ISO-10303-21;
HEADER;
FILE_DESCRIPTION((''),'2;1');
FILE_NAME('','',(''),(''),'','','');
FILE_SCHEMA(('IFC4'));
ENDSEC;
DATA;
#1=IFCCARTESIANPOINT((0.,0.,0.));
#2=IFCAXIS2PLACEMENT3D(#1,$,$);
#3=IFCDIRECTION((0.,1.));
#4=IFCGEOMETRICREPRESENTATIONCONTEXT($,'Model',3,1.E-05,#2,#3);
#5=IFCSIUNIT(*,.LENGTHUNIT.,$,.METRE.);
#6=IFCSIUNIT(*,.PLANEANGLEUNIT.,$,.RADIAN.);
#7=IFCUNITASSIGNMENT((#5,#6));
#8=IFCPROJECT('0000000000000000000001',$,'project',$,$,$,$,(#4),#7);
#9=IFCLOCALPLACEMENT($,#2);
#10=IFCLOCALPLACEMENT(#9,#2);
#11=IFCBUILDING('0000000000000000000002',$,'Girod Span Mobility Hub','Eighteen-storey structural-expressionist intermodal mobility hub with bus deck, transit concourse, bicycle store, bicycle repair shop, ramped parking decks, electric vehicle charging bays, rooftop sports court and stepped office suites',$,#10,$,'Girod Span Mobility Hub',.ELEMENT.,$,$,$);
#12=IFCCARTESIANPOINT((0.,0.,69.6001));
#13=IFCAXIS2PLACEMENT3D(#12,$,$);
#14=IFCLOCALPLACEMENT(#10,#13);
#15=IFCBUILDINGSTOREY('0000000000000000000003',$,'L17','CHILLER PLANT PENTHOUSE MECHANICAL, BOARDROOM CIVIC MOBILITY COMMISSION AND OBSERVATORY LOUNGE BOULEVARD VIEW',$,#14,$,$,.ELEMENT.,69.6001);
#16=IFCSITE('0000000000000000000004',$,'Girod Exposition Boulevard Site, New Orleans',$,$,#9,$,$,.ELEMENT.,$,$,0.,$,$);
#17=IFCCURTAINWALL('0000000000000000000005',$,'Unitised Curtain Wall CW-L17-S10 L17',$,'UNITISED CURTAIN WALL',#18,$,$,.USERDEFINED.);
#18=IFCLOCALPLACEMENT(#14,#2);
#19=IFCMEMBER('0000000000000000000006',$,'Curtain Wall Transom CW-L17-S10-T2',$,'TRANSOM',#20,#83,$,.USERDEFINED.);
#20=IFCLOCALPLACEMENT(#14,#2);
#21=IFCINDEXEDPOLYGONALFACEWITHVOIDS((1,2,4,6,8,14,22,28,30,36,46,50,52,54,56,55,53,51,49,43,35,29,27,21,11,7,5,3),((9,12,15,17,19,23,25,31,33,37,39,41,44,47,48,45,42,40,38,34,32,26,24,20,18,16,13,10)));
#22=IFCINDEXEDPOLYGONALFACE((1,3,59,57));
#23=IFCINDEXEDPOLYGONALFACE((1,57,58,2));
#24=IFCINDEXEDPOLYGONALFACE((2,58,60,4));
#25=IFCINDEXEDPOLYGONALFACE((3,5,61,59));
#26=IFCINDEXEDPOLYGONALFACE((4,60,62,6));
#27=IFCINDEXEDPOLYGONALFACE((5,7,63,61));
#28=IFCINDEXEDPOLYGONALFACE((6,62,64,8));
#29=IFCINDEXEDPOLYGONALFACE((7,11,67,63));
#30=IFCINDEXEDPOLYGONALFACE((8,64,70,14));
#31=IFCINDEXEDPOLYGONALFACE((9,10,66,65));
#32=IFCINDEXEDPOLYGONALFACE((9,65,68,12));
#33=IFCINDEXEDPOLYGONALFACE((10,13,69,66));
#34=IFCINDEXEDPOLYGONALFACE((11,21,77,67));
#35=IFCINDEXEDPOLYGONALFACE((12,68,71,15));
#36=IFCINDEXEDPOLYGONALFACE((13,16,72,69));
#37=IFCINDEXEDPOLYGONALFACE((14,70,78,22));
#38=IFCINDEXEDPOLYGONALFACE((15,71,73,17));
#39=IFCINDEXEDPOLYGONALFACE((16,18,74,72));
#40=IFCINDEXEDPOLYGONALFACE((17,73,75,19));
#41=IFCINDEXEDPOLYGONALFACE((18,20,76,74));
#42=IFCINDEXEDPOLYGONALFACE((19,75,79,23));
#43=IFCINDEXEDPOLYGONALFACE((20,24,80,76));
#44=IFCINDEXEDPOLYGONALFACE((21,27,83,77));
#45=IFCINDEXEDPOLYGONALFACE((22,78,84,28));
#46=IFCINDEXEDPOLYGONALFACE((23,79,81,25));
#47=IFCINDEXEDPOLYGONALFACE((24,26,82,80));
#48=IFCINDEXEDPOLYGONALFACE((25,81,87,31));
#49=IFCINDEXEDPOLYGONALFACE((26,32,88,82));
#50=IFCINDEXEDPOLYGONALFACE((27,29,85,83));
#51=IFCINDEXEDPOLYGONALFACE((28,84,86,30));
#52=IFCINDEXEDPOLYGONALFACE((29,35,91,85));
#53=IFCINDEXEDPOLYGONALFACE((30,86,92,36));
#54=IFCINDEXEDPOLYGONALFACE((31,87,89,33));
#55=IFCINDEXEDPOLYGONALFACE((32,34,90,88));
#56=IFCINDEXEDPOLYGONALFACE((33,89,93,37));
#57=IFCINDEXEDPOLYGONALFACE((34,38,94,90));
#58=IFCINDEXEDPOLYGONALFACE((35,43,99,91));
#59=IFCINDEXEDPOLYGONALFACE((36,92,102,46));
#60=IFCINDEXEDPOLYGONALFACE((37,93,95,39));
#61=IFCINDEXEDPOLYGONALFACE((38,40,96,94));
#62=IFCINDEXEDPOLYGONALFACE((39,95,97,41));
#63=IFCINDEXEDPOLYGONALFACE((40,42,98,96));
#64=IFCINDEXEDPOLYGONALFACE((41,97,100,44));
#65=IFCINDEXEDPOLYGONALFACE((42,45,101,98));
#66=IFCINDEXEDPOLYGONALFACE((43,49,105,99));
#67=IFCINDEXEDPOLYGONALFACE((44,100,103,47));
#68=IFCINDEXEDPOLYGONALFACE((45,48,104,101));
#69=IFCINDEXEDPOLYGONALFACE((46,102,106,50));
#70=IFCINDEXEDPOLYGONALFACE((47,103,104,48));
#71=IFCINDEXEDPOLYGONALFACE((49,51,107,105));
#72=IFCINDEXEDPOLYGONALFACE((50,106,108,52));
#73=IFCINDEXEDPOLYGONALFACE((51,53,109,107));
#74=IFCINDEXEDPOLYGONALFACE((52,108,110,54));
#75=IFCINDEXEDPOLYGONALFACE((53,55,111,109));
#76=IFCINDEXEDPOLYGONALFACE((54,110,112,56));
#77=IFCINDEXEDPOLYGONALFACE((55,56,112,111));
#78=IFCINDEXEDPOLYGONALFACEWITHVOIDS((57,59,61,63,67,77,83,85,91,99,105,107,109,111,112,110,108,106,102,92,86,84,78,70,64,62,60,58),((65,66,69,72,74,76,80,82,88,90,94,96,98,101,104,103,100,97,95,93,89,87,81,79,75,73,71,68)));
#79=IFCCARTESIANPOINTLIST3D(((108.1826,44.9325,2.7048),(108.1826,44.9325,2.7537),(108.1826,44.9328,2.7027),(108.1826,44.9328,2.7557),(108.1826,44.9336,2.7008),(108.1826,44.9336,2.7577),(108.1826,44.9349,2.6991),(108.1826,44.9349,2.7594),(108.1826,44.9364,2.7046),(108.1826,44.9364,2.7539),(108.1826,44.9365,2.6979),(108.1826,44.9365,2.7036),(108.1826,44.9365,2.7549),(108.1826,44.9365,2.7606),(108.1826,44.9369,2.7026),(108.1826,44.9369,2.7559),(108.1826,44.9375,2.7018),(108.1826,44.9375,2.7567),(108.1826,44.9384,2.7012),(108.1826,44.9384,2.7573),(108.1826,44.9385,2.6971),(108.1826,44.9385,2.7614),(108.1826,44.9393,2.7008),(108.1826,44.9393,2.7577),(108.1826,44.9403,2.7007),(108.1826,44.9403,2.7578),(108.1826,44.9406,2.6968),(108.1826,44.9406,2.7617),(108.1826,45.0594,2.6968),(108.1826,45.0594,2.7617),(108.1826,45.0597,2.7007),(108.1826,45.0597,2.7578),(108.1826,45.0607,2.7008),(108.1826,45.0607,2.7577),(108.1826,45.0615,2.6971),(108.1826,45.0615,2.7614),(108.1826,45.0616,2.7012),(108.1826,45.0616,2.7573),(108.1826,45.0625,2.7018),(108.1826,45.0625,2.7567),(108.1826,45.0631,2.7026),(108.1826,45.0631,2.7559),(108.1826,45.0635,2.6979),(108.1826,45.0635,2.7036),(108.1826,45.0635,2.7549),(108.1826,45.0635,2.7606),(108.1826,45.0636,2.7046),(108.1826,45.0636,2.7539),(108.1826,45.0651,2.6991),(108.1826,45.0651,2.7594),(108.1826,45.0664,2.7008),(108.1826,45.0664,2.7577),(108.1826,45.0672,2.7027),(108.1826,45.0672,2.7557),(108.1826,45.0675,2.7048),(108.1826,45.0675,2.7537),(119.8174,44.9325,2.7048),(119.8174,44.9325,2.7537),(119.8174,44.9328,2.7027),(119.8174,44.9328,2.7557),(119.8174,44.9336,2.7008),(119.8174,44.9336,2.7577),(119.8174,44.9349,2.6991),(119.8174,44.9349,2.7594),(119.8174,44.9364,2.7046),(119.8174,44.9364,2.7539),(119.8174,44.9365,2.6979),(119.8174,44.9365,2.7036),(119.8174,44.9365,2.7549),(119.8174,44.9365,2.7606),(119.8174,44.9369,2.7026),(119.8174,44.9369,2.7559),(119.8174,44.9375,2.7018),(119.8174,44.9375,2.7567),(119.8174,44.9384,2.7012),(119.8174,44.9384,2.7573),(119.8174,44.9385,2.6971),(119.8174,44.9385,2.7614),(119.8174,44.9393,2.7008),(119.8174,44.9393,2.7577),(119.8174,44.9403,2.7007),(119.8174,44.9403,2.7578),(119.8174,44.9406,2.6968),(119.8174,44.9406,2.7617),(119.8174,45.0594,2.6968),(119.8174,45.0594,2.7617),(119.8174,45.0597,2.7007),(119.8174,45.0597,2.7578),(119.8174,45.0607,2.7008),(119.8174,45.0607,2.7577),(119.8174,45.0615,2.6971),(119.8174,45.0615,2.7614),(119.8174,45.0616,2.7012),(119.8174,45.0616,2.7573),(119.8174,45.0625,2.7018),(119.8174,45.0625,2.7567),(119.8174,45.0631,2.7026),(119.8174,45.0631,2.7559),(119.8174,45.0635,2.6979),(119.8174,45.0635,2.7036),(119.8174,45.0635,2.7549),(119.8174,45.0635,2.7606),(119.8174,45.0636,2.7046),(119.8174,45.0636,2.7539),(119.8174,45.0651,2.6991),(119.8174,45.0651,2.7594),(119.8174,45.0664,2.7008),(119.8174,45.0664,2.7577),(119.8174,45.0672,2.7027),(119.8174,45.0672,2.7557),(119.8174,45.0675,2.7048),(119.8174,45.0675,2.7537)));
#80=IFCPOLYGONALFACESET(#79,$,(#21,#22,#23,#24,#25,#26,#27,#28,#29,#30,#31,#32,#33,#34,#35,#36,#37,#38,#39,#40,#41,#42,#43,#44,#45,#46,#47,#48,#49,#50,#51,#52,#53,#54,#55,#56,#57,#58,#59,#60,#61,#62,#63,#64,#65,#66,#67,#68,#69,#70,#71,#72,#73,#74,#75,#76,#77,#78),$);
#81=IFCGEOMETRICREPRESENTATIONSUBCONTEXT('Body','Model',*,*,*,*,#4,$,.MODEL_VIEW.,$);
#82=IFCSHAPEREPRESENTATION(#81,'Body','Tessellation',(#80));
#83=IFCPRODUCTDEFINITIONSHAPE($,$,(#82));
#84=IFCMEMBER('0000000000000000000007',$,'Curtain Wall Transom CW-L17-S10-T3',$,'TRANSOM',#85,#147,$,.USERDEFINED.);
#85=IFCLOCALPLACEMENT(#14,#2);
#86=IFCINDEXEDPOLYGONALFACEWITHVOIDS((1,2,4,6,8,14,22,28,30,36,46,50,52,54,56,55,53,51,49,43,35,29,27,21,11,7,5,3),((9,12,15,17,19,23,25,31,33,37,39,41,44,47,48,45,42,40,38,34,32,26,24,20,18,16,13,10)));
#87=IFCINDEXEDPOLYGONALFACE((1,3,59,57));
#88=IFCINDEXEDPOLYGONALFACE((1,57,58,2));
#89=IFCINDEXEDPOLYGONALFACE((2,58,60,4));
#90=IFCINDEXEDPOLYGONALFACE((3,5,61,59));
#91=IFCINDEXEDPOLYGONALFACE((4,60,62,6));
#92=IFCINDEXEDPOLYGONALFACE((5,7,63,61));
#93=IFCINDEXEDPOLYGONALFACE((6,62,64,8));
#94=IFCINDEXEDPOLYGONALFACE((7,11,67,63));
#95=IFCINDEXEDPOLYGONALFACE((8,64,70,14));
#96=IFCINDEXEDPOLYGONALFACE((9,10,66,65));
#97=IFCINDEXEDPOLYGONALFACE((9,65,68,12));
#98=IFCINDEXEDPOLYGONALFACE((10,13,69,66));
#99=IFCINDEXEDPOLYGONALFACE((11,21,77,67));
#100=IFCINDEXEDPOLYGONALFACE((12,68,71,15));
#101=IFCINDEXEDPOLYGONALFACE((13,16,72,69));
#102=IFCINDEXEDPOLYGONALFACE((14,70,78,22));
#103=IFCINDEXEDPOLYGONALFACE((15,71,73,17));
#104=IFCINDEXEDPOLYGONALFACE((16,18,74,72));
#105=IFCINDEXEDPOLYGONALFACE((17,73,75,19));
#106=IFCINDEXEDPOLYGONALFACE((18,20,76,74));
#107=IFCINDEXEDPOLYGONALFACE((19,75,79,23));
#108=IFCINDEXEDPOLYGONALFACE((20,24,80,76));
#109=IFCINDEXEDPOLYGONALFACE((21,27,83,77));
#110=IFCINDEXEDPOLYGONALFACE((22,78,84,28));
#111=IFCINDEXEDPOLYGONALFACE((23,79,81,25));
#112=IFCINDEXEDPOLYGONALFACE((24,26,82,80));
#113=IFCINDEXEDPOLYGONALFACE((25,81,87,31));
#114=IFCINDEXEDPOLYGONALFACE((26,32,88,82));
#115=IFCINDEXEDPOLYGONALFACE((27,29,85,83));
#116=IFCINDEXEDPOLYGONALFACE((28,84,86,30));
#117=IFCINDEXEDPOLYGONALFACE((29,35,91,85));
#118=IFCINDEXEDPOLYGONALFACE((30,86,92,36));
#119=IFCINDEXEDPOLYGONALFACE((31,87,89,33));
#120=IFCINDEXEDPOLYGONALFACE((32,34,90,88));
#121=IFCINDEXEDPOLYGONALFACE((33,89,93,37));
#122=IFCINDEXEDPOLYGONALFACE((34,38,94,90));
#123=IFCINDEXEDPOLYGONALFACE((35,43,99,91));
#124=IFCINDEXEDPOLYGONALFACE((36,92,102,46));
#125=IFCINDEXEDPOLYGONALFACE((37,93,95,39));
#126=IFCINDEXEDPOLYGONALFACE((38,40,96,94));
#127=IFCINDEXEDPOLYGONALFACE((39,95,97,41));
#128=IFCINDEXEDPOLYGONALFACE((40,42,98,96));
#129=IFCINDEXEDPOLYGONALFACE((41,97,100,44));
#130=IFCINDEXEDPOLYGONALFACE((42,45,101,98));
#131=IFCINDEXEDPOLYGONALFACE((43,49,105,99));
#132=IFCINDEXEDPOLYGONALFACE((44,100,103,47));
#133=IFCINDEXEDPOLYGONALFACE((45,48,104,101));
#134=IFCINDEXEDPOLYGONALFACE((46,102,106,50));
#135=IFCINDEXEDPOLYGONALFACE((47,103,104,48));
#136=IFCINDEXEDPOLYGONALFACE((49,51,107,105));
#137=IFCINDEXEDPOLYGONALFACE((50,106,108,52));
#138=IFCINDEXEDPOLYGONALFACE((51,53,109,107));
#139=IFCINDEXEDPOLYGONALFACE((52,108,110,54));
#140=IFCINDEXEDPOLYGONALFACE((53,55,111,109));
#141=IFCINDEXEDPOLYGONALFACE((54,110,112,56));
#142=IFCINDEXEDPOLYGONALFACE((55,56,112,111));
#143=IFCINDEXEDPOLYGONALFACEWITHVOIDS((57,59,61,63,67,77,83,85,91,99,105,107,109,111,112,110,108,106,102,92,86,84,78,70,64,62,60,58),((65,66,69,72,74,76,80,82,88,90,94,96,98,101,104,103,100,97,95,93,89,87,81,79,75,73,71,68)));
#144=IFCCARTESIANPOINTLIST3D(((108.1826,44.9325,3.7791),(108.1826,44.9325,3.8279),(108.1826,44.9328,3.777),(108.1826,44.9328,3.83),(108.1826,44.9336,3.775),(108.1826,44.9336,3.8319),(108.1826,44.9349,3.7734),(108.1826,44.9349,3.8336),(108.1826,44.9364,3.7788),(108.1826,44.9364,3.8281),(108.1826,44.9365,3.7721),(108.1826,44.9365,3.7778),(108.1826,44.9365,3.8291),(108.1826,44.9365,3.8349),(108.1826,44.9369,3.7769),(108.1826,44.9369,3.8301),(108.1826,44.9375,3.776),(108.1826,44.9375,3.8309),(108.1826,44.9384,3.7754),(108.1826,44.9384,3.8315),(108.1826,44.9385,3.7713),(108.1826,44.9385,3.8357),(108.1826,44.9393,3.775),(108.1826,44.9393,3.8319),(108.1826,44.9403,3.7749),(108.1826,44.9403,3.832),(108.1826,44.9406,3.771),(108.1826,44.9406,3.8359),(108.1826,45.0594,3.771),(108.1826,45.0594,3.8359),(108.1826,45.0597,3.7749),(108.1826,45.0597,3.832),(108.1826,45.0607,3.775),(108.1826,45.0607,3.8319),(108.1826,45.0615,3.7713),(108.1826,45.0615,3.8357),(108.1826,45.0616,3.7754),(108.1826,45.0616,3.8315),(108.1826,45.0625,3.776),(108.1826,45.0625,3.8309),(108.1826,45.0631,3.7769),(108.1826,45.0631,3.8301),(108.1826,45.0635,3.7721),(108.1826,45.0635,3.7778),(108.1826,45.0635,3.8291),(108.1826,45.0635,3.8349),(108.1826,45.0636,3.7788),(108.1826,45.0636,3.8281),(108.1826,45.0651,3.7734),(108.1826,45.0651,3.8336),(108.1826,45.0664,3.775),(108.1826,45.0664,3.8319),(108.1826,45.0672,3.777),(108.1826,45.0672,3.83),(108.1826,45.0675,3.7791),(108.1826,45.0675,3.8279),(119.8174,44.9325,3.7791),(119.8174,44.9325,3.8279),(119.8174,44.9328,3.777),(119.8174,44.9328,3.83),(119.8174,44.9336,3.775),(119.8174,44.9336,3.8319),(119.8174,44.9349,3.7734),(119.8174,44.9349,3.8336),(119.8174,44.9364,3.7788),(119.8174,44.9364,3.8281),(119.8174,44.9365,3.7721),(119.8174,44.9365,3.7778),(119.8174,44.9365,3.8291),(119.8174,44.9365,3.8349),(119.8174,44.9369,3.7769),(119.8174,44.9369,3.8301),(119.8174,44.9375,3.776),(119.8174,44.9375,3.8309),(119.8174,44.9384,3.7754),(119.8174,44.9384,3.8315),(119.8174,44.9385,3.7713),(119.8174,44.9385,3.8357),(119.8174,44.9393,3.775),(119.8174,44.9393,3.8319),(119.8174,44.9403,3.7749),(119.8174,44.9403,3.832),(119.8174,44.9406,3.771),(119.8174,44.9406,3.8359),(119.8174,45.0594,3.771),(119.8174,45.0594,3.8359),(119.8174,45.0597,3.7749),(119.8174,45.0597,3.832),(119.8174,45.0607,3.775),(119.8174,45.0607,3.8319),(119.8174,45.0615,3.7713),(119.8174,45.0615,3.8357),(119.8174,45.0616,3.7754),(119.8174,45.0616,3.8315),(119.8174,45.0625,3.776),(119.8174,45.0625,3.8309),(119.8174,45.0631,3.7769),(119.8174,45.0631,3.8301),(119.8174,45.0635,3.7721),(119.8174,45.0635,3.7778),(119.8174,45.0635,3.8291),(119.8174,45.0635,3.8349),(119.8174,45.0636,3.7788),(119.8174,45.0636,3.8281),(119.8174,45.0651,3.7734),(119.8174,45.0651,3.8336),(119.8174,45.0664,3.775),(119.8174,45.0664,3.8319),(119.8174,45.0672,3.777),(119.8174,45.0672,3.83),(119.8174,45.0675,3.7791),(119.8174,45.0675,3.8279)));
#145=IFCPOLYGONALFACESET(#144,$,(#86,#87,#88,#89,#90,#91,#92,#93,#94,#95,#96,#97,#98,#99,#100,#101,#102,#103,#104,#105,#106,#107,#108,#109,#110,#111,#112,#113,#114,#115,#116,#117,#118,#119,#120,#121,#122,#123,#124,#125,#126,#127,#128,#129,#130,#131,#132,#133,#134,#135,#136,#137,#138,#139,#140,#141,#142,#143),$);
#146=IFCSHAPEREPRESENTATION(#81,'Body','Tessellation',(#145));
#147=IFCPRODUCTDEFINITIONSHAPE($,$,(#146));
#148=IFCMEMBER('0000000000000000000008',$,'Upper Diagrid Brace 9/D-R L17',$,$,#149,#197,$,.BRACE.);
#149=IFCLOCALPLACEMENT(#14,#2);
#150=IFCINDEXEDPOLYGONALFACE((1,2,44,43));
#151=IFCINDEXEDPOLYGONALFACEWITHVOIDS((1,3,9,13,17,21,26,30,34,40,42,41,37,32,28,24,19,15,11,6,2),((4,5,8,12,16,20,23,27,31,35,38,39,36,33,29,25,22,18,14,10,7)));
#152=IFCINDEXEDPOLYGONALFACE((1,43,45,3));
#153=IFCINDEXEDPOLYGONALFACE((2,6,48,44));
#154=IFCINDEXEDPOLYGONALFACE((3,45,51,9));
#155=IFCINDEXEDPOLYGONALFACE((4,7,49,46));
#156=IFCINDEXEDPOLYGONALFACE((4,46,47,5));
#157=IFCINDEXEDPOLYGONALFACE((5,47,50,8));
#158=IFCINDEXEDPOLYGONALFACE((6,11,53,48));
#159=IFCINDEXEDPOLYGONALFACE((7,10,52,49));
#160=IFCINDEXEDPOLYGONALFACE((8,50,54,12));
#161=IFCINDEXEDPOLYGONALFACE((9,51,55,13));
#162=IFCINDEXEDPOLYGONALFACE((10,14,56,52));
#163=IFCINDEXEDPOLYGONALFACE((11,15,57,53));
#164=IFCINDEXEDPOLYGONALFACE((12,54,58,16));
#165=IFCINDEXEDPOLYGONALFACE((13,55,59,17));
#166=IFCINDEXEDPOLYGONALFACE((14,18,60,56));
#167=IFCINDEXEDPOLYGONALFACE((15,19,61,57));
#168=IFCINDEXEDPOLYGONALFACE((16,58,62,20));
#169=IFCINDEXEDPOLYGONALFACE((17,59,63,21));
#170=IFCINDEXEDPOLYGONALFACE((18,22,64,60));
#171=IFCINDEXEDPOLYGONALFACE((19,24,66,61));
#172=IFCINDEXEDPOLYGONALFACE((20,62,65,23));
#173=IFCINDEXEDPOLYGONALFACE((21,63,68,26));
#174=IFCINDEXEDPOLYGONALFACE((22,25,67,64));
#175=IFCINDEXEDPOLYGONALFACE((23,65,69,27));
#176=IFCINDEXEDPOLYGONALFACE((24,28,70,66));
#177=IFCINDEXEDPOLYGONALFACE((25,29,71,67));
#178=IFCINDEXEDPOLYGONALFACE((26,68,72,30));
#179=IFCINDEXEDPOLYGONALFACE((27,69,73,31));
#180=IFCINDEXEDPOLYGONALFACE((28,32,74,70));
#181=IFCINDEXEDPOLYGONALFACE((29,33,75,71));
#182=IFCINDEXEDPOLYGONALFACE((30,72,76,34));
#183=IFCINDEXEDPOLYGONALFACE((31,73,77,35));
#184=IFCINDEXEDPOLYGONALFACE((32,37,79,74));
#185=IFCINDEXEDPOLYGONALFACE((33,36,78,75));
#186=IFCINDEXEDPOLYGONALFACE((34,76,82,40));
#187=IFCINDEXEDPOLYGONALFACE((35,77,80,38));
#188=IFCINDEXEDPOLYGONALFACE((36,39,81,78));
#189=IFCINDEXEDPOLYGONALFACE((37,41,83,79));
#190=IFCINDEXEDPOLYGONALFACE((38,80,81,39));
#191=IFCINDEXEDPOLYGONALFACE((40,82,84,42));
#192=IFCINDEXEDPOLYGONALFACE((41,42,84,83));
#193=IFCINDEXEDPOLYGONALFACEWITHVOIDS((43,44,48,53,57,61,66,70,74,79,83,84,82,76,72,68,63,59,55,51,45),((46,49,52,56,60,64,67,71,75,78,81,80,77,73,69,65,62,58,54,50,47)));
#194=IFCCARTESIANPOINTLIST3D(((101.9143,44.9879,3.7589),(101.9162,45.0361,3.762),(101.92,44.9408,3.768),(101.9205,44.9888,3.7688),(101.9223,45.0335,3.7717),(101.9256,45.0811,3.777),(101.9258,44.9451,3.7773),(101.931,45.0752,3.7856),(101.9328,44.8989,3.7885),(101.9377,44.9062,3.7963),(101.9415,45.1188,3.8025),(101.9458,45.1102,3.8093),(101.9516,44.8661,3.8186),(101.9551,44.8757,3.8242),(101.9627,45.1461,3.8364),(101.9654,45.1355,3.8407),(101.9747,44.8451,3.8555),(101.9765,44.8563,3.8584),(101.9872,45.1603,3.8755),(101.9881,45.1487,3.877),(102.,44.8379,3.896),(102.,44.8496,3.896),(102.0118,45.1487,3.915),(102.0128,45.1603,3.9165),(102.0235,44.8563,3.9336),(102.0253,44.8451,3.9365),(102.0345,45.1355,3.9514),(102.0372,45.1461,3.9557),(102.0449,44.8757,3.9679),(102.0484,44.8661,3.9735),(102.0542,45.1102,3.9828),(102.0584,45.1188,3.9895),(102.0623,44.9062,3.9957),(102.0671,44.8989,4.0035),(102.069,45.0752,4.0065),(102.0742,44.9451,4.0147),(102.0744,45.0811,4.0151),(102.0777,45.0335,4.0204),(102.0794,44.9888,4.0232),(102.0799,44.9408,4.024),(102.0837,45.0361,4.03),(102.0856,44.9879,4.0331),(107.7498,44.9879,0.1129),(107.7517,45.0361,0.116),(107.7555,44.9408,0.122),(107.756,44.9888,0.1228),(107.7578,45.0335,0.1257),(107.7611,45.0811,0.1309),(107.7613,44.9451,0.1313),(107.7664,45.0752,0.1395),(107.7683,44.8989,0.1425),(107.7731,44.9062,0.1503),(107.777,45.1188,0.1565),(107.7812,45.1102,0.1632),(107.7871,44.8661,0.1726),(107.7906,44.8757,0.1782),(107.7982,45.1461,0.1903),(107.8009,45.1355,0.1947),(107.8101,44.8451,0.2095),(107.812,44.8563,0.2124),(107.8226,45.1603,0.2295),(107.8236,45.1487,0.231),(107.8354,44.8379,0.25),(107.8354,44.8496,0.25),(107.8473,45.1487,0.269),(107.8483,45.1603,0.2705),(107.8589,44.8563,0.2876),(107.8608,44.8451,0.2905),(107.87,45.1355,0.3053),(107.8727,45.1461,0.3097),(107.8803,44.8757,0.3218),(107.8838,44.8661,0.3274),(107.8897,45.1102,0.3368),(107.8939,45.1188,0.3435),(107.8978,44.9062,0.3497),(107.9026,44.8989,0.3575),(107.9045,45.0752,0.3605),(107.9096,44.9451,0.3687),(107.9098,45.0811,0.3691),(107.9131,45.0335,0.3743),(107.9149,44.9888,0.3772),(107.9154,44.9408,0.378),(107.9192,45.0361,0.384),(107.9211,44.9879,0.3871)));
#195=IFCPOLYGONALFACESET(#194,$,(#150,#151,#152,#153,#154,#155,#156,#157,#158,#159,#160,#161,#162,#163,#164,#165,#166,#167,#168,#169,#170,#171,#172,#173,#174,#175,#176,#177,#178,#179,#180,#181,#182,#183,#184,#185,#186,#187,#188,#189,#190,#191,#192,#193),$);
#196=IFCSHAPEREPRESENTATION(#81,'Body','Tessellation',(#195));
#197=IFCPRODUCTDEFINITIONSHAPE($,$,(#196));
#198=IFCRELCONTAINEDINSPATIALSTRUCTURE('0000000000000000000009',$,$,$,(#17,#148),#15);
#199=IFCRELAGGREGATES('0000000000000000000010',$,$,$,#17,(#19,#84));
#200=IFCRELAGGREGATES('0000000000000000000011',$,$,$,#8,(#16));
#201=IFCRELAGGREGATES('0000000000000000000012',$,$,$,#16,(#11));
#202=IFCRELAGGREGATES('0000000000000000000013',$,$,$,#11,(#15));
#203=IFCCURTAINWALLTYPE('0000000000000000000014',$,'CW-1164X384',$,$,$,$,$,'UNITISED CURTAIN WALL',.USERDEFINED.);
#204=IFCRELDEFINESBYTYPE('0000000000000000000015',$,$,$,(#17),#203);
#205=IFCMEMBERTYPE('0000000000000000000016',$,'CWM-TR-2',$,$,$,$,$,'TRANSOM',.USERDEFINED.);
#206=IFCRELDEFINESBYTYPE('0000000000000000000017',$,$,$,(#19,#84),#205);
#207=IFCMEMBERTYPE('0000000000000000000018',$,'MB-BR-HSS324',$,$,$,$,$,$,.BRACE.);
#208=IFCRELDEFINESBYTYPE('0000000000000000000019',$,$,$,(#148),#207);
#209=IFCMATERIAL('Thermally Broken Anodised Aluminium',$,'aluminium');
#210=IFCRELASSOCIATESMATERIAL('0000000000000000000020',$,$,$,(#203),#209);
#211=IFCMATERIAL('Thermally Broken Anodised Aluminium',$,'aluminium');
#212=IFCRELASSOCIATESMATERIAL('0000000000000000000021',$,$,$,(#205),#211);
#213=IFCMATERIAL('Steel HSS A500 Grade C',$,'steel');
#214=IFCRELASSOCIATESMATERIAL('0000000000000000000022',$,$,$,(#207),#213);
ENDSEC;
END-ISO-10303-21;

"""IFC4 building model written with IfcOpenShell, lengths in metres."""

from ifc_helpers import new_model, si_unit, direction, frame, origin, origin_2d, place, context, subcontext, project, spatial, hollow_rectangle, hollow_circle, extrude, material, material_profile, profile_set, type_object, element, aggregate, save


model = new_model("IFC4")

# Units and contexts
model_context = context("Model", 3, precision=1e-05, world=origin(), true_north=direction((0.0, 1.0)))
body_context = subcontext(model_context, "Body", "Model", "MODEL_VIEW")
ifc_project = project(units=[si_unit("LENGTHUNIT", "METRE"), si_unit("PLANEANGLEUNIT", "RADIAN")], contexts=[model_context])

# Site, building, storey
site_placement = place(None, origin())
site = spatial("IfcSite", under=ifc_project, at=site_placement, Name="Girod Exposition Boulevard Site, New Orleans", CompositionType="ELEMENT", RefElevation=0.0)
building_placement = place(site_placement, origin())
building = spatial("IfcBuilding", under=site, at=building_placement, Name="Girod Span Mobility Hub", Description="Eighteen-storey structural-expressionist intermodal mobility hub with bus deck, transit concourse, bicycle store, bicycle repair shop, ramped parking decks, electric vehicle charging bays, rooftop sports court and stepped office suites", LongName="Girod Span Mobility Hub", CompositionType="ELEMENT")
storey_placement = place(building_placement, frame((0.0, 0.0, 69.6001)))
storey = spatial("IfcBuildingStorey", under=building, at=storey_placement, Name="L17", Description="CHILLER PLANT PENTHOUSE MECHANICAL, BOARDROOM CIVIC MOBILITY COMMISSION AND OBSERVATORY LOUNGE BOULEVARD VIEW", CompositionType="ELEMENT", Elevation=69.6001)

# Curtain wall, members
ifc_material_1 = material(Name="Thermally Broken Anodised Aluminium", Category="aluminium")
curtain_wall_type = type_object("IfcCurtainWallType", Name="CW-1164X384", ElementType="UNITISED CURTAIN WALL", PredefinedType="USERDEFINED", material=ifc_material_1)
curtain_wall_1_placement = place(storey_placement, origin())
curtain_wall_1 = element("IfcCurtainWall", 1, at=curtain_wall_1_placement, inside=storey, type_object=curtain_wall_type, Name="Unitised Curtain Wall CW-L17-S10 L17", ObjectType="UNITISED CURTAIN WALL", PredefinedType="USERDEFINED")
ifc_material_2 = material(Name="Thermally Broken Anodised Aluminium", Category="aluminium")
ifc_material_profile_1 = material_profile(ifc_material_2, hollow_rectangle(XDim=0.135, YDim=0.0649, WallThickness=0.0039, InnerFilletRadius=0.0039, OuterFilletRadius=0.0081, at=origin_2d()), Name="CW-TR-65X135")
ifc_profile_set_1 = profile_set([ifc_material_profile_1], Name="Thermally Broken Anodised Aluminium")
member_type_1 = type_object("IfcMemberType", Name="CWM-TR-2", ElementType="TRANSOM", PredefinedType="USERDEFINED", material=ifc_profile_set_1)
member_1_placement = place(storey_placement, frame((108.1826, 45.0, 2.7292), z_axis=(1.0, 0.0, 0.0), x_axis=(0.0, 1.0, 0.0)))
member_1 = element("IfcMember", 2, at=member_1_placement, type_object=member_type_1, Name="Curtain Wall Transom CW-L17-S10-T2", ObjectType="TRANSOM", PredefinedType="USERDEFINED", context=body_context, shape_type="SweptSolid", body=[
    extrude(hollow_rectangle(XDim=0.135, YDim=0.0649, WallThickness=0.0039, InnerFilletRadius=0.0039, OuterFilletRadius=0.0081, at=origin_2d()), origin(), (0.0, 0.0, 1.0), 11.6348),
])
member_2_placement = place(storey_placement, frame((108.1826, 45.0, 3.8035), z_axis=(1.0, 0.0, 0.0), x_axis=(0.0, 1.0, 0.0)))
member_2 = element("IfcMember", 3, at=member_2_placement, type_object=member_type_1, Name="Curtain Wall Transom CW-L17-S10-T3", ObjectType="TRANSOM", PredefinedType="USERDEFINED", context=body_context, shape_type="SweptSolid", body=[
    extrude(hollow_rectangle(XDim=0.135, YDim=0.0649, WallThickness=0.0039, InnerFilletRadius=0.0039, OuterFilletRadius=0.0081, at=origin_2d()), origin(), (0.0, 0.0, 1.0), 11.6348),
])

# Member
ifc_material_3 = material(Name="Steel HSS A500 Grade C", Category="steel")
ifc_material_profile_2 = material_profile(ifc_material_3, hollow_circle(Radius=0.1621, WallThickness=0.0117, at=origin_2d()), Name="HSS324X12.7")
ifc_profile_set_2 = profile_set([ifc_material_profile_2], Name="Steel HSS A500 Grade C")
member_type_2 = type_object("IfcMemberType", Name="MB-BR-HSS324", PredefinedType="BRACE", material=ifc_profile_set_2)
member_3_placement = place(storey_placement, frame((107.8354, 45.0, 0.25), z_axis=(-0.848074, 0.0, 0.529878), x_axis=(0.0, -1.0, 0.0)))
element("IfcMember", 4, at=member_3_placement, inside=storey, type_object=member_type_2, Name="Upper Diagrid Brace 9/D-R L17", PredefinedType="BRACE", context=body_context, shape_type="SweptSolid", body=[
    extrude(hollow_circle(Radius=0.1621, WallThickness=0.0117, at=origin_2d()), origin(), (0.0, 0.0, 1.0), 6.8809),
])

aggregate(curtain_wall_1, [member_1, member_2])

save(model, "model.ifc")
